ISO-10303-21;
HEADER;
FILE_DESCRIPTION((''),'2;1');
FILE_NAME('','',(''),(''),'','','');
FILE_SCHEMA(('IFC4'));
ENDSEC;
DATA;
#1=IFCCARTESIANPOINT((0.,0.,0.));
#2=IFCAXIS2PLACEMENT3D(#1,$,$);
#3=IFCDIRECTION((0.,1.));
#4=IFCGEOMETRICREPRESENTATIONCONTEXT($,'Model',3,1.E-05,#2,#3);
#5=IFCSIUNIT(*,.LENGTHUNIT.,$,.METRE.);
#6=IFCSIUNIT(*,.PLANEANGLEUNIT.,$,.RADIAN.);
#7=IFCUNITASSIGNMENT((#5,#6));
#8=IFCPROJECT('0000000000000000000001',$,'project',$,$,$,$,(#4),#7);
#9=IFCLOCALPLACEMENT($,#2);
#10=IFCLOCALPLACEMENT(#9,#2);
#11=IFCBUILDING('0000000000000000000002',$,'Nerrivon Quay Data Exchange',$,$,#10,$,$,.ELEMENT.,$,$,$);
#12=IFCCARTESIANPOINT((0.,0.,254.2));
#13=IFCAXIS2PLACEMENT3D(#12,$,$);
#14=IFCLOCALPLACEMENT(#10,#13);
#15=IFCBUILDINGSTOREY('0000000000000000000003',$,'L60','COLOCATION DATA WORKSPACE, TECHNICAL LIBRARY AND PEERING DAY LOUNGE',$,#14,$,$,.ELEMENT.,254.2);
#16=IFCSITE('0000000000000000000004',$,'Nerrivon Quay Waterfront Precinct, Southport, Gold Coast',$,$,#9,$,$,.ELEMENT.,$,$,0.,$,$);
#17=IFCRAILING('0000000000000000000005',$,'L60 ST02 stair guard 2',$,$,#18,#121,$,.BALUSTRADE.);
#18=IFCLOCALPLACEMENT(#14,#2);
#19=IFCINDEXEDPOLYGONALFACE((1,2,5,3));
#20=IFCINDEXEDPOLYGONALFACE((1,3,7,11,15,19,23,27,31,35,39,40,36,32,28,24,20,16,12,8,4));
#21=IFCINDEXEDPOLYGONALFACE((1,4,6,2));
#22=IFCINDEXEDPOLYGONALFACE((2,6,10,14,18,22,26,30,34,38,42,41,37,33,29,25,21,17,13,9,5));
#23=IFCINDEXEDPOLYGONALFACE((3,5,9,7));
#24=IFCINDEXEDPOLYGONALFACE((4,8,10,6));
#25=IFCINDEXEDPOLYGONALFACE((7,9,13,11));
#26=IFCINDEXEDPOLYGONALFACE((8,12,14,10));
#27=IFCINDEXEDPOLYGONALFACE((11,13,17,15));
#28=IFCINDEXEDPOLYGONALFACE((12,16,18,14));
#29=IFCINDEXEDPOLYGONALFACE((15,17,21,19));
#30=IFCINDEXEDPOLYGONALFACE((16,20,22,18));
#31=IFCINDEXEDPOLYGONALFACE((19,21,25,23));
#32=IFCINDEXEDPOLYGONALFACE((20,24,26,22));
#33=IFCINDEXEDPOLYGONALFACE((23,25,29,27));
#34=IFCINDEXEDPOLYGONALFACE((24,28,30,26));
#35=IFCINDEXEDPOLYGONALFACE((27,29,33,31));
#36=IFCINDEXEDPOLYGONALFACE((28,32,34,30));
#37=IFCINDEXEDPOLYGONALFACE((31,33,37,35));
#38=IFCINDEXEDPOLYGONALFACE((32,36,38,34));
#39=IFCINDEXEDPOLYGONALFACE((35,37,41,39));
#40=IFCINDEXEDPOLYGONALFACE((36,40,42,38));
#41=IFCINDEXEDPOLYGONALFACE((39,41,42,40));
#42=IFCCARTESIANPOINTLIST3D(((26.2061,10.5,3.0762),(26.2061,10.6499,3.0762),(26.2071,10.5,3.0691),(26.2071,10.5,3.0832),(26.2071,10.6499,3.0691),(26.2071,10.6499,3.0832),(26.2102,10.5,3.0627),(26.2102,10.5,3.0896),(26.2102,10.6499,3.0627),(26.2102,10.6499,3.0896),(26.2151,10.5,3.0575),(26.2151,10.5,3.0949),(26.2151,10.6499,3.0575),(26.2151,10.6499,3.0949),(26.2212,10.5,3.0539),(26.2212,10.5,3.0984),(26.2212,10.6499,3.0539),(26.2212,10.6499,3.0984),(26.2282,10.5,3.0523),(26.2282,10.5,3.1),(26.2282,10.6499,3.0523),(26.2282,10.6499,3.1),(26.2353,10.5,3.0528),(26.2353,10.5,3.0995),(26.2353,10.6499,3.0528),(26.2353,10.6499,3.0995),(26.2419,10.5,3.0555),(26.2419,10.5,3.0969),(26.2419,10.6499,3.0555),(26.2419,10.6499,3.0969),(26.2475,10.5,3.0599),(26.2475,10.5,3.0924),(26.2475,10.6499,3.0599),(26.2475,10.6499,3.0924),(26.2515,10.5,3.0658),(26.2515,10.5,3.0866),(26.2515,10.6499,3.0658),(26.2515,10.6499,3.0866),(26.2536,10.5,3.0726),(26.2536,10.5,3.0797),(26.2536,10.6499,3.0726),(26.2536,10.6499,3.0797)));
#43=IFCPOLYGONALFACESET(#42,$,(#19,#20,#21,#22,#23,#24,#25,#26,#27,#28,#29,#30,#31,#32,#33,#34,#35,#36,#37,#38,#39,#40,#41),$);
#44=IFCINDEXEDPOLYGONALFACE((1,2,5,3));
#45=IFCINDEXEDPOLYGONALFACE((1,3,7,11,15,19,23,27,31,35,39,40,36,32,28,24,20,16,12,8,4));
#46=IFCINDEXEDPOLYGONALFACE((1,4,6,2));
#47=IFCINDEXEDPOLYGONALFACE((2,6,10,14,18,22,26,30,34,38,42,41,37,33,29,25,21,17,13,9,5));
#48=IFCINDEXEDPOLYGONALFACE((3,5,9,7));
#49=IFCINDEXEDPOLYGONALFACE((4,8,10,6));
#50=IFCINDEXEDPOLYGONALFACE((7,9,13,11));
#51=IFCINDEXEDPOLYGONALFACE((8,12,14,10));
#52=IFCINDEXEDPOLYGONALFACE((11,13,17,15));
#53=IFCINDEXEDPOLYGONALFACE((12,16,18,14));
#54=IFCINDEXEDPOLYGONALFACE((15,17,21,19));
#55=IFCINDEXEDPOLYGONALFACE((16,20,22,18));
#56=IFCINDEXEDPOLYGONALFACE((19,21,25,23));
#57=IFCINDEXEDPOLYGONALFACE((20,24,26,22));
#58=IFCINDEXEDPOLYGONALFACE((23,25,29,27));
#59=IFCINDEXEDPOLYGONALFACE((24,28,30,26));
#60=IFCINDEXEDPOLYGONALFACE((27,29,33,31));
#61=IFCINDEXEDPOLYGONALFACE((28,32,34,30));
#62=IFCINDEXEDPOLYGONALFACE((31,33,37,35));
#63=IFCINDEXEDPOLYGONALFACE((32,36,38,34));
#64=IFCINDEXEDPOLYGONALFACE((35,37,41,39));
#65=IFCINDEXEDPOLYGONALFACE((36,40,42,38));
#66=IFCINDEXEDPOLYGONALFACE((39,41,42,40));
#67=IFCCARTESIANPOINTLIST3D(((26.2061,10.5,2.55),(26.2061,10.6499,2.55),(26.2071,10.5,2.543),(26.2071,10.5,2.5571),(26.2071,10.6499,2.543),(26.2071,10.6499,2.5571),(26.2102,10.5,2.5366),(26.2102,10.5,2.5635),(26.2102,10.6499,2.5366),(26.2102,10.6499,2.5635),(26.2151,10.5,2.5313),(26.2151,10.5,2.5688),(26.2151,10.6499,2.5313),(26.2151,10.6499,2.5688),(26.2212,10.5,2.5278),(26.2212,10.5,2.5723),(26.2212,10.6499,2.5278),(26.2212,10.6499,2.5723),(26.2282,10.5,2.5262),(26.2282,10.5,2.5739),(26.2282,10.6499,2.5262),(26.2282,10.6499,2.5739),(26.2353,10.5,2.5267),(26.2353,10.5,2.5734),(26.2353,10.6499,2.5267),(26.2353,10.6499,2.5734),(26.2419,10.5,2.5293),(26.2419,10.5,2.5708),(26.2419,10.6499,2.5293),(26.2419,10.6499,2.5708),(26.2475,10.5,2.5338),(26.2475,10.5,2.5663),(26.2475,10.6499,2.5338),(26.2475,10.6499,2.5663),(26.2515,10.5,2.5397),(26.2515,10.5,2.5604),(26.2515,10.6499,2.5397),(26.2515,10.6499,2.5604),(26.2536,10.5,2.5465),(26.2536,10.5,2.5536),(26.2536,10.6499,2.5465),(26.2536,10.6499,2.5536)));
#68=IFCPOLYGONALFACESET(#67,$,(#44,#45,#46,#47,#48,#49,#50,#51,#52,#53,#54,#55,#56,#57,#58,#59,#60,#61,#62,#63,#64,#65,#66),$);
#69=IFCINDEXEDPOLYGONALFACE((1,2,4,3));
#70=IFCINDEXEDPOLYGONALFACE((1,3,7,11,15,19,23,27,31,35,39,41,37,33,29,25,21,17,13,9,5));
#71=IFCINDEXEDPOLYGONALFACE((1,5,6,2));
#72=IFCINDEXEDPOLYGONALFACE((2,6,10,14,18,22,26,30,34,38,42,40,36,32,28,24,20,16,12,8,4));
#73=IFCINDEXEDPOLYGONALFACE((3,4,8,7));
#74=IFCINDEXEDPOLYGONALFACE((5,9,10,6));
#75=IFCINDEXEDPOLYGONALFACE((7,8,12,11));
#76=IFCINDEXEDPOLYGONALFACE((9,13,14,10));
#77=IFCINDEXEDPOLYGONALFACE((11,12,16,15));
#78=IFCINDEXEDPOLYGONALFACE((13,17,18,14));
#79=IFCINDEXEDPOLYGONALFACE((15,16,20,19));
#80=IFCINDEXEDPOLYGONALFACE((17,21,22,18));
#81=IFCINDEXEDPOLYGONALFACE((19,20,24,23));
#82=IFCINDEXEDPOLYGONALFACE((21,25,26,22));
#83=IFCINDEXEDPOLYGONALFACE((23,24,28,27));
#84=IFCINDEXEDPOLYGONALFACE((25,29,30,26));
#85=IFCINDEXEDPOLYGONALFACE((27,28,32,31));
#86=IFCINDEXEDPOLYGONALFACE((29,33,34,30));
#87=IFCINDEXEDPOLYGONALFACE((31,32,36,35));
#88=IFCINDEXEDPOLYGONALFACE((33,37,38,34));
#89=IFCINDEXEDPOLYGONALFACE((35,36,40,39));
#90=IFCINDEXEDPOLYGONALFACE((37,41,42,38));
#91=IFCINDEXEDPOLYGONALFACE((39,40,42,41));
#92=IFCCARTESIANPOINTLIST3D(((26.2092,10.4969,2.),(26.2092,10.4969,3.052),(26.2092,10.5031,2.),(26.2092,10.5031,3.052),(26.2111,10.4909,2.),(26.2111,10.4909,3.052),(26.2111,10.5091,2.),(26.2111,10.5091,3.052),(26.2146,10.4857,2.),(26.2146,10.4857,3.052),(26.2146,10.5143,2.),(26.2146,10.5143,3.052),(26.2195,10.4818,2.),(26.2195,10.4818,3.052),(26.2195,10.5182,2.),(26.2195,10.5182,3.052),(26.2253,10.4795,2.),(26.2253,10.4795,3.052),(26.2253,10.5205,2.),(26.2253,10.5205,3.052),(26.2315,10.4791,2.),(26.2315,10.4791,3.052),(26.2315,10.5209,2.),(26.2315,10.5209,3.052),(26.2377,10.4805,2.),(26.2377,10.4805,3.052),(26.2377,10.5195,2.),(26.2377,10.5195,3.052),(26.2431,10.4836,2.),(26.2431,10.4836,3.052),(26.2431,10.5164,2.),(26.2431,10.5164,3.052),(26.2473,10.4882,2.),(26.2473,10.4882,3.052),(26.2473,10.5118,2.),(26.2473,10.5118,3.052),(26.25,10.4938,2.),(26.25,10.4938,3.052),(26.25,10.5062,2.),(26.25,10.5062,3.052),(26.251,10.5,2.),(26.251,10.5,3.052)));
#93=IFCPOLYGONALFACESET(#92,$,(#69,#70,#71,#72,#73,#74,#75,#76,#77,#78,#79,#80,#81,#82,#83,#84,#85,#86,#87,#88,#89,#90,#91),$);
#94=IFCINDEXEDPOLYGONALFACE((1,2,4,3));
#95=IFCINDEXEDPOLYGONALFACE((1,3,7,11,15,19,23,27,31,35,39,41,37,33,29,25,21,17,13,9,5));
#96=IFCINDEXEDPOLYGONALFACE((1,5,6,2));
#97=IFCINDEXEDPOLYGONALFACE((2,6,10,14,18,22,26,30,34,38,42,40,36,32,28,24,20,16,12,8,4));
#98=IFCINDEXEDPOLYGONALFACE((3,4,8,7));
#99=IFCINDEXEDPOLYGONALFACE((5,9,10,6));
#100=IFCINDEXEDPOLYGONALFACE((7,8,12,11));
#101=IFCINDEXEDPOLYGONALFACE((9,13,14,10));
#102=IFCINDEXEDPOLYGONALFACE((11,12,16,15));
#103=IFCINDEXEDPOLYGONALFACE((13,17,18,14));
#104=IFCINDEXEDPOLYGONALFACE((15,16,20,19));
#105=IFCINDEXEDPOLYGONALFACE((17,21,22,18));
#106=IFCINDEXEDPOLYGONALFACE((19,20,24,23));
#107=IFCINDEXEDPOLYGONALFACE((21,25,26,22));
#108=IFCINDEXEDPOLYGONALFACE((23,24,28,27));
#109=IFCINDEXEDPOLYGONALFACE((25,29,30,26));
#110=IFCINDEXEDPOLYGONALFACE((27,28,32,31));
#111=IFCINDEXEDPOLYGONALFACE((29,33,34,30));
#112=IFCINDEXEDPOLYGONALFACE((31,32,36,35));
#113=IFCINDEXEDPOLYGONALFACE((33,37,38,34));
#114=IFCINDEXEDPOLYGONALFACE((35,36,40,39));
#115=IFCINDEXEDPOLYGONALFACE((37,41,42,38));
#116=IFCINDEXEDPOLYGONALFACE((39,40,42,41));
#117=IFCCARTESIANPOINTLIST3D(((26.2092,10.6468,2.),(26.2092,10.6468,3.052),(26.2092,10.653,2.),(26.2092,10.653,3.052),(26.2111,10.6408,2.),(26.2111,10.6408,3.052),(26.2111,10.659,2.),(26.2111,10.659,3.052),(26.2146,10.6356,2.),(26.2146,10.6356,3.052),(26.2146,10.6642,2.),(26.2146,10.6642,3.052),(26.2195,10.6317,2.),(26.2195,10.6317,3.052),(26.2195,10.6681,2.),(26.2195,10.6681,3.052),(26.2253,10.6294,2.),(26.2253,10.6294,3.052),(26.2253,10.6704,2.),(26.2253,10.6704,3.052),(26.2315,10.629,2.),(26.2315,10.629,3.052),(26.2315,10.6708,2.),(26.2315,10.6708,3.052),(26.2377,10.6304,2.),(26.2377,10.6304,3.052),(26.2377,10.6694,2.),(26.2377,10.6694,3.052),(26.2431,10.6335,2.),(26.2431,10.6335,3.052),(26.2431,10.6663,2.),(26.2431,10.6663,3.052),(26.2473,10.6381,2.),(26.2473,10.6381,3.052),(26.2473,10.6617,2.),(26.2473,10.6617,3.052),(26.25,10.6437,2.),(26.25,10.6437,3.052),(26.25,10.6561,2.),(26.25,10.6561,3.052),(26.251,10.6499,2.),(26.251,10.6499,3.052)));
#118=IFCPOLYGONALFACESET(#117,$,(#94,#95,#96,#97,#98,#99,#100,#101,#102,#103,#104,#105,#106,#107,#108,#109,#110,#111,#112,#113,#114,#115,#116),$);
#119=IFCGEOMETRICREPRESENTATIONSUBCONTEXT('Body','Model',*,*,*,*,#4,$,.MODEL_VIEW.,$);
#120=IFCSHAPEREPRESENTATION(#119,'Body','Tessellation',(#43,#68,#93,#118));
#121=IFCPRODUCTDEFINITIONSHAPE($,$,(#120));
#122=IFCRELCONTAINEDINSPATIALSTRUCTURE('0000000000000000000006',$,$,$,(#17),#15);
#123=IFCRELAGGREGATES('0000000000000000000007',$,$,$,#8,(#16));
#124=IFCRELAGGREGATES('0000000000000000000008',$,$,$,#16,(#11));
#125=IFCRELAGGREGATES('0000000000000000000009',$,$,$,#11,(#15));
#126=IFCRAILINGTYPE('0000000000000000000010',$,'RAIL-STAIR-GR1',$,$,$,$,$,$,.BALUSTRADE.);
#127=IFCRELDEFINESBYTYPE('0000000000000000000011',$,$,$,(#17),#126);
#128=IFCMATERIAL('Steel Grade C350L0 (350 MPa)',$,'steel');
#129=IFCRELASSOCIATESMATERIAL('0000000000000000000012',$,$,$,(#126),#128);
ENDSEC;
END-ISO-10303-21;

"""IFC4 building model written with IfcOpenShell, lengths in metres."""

from ifc_helpers import new_model, si_unit, direction, frame, origin, origin_2d, place, context, subcontext, project, spatial, circle, extrude, material, type_object, element, save


model = new_model("IFC4")

# Units and contexts
model_context = context("Model", 3, precision=1e-05, world=origin(), true_north=direction((0.0, 1.0)))
body_context = subcontext(model_context, "Body", "Model", "MODEL_VIEW")
ifc_project = project(units=[si_unit("LENGTHUNIT", "METRE"), si_unit("PLANEANGLEUNIT", "RADIAN")], contexts=[model_context])

# Site, building, storey
site_placement = place(None, origin())
site = spatial("IfcSite", under=ifc_project, at=site_placement, Name="Nerrivon Quay Waterfront Precinct, Southport, Gold Coast", CompositionType="ELEMENT", RefElevation=0.0)
building_placement = place(site_placement, origin())
building = spatial("IfcBuilding", under=site, at=building_placement, Name="Nerrivon Quay Data Exchange", CompositionType="ELEMENT")
storey_placement = place(building_placement, frame((0.0, 0.0, 254.2)))
storey = spatial("IfcBuildingStorey", under=building, at=storey_placement, Name="L60", Description="COLOCATION DATA WORKSPACE, TECHNICAL LIBRARY AND PEERING DAY LOUNGE", CompositionType="ELEMENT", Elevation=254.2)

# Railing
ifc_material_1 = material(Name="Steel Grade C350L0 (350 MPa)", Category="steel")
railing_type_1 = type_object("IfcRailingType", Name="RAIL-STAIR-GR1", PredefinedType="BALUSTRADE", material=ifc_material_1)
railing_1_placement = place(storey_placement, frame((26.23, 10.5, 2.0)))
element("IfcRailing", 1, at=railing_1_placement, inside=storey, type_object=railing_type_1, Name="L60 ST02 stair guard 2", PredefinedType="BALUSTRADE", context=body_context, shape_type="SweptSolid", body=[
    extrude(circle(Radius=0.0239, at=origin_2d()), frame((0.0, 0.0, 1.0762), z_axis=(0.0, 1.0, 0.0), x_axis=(-1.0, 0.0, 0.0)), (0.0, 0.0, 1.0), 0.1499),
    extrude(circle(Radius=0.0239, at=origin_2d()), frame((0.0, 0.0, 0.55), z_axis=(0.0, 1.0, 0.0), x_axis=(-1.0, 0.0, 0.0)), (0.0, 0.0, 1.0), 0.1499),
    extrude(circle(Radius=0.021, at=origin_2d()), origin(), (0.0, 0.0, 1.0), 1.052),
    extrude(circle(Radius=0.021, at=origin_2d()), frame((0.0, 0.1499, 0.0)), (0.0, 0.0, 1.0), 1.052),
])

save(model, "model.ifc")
